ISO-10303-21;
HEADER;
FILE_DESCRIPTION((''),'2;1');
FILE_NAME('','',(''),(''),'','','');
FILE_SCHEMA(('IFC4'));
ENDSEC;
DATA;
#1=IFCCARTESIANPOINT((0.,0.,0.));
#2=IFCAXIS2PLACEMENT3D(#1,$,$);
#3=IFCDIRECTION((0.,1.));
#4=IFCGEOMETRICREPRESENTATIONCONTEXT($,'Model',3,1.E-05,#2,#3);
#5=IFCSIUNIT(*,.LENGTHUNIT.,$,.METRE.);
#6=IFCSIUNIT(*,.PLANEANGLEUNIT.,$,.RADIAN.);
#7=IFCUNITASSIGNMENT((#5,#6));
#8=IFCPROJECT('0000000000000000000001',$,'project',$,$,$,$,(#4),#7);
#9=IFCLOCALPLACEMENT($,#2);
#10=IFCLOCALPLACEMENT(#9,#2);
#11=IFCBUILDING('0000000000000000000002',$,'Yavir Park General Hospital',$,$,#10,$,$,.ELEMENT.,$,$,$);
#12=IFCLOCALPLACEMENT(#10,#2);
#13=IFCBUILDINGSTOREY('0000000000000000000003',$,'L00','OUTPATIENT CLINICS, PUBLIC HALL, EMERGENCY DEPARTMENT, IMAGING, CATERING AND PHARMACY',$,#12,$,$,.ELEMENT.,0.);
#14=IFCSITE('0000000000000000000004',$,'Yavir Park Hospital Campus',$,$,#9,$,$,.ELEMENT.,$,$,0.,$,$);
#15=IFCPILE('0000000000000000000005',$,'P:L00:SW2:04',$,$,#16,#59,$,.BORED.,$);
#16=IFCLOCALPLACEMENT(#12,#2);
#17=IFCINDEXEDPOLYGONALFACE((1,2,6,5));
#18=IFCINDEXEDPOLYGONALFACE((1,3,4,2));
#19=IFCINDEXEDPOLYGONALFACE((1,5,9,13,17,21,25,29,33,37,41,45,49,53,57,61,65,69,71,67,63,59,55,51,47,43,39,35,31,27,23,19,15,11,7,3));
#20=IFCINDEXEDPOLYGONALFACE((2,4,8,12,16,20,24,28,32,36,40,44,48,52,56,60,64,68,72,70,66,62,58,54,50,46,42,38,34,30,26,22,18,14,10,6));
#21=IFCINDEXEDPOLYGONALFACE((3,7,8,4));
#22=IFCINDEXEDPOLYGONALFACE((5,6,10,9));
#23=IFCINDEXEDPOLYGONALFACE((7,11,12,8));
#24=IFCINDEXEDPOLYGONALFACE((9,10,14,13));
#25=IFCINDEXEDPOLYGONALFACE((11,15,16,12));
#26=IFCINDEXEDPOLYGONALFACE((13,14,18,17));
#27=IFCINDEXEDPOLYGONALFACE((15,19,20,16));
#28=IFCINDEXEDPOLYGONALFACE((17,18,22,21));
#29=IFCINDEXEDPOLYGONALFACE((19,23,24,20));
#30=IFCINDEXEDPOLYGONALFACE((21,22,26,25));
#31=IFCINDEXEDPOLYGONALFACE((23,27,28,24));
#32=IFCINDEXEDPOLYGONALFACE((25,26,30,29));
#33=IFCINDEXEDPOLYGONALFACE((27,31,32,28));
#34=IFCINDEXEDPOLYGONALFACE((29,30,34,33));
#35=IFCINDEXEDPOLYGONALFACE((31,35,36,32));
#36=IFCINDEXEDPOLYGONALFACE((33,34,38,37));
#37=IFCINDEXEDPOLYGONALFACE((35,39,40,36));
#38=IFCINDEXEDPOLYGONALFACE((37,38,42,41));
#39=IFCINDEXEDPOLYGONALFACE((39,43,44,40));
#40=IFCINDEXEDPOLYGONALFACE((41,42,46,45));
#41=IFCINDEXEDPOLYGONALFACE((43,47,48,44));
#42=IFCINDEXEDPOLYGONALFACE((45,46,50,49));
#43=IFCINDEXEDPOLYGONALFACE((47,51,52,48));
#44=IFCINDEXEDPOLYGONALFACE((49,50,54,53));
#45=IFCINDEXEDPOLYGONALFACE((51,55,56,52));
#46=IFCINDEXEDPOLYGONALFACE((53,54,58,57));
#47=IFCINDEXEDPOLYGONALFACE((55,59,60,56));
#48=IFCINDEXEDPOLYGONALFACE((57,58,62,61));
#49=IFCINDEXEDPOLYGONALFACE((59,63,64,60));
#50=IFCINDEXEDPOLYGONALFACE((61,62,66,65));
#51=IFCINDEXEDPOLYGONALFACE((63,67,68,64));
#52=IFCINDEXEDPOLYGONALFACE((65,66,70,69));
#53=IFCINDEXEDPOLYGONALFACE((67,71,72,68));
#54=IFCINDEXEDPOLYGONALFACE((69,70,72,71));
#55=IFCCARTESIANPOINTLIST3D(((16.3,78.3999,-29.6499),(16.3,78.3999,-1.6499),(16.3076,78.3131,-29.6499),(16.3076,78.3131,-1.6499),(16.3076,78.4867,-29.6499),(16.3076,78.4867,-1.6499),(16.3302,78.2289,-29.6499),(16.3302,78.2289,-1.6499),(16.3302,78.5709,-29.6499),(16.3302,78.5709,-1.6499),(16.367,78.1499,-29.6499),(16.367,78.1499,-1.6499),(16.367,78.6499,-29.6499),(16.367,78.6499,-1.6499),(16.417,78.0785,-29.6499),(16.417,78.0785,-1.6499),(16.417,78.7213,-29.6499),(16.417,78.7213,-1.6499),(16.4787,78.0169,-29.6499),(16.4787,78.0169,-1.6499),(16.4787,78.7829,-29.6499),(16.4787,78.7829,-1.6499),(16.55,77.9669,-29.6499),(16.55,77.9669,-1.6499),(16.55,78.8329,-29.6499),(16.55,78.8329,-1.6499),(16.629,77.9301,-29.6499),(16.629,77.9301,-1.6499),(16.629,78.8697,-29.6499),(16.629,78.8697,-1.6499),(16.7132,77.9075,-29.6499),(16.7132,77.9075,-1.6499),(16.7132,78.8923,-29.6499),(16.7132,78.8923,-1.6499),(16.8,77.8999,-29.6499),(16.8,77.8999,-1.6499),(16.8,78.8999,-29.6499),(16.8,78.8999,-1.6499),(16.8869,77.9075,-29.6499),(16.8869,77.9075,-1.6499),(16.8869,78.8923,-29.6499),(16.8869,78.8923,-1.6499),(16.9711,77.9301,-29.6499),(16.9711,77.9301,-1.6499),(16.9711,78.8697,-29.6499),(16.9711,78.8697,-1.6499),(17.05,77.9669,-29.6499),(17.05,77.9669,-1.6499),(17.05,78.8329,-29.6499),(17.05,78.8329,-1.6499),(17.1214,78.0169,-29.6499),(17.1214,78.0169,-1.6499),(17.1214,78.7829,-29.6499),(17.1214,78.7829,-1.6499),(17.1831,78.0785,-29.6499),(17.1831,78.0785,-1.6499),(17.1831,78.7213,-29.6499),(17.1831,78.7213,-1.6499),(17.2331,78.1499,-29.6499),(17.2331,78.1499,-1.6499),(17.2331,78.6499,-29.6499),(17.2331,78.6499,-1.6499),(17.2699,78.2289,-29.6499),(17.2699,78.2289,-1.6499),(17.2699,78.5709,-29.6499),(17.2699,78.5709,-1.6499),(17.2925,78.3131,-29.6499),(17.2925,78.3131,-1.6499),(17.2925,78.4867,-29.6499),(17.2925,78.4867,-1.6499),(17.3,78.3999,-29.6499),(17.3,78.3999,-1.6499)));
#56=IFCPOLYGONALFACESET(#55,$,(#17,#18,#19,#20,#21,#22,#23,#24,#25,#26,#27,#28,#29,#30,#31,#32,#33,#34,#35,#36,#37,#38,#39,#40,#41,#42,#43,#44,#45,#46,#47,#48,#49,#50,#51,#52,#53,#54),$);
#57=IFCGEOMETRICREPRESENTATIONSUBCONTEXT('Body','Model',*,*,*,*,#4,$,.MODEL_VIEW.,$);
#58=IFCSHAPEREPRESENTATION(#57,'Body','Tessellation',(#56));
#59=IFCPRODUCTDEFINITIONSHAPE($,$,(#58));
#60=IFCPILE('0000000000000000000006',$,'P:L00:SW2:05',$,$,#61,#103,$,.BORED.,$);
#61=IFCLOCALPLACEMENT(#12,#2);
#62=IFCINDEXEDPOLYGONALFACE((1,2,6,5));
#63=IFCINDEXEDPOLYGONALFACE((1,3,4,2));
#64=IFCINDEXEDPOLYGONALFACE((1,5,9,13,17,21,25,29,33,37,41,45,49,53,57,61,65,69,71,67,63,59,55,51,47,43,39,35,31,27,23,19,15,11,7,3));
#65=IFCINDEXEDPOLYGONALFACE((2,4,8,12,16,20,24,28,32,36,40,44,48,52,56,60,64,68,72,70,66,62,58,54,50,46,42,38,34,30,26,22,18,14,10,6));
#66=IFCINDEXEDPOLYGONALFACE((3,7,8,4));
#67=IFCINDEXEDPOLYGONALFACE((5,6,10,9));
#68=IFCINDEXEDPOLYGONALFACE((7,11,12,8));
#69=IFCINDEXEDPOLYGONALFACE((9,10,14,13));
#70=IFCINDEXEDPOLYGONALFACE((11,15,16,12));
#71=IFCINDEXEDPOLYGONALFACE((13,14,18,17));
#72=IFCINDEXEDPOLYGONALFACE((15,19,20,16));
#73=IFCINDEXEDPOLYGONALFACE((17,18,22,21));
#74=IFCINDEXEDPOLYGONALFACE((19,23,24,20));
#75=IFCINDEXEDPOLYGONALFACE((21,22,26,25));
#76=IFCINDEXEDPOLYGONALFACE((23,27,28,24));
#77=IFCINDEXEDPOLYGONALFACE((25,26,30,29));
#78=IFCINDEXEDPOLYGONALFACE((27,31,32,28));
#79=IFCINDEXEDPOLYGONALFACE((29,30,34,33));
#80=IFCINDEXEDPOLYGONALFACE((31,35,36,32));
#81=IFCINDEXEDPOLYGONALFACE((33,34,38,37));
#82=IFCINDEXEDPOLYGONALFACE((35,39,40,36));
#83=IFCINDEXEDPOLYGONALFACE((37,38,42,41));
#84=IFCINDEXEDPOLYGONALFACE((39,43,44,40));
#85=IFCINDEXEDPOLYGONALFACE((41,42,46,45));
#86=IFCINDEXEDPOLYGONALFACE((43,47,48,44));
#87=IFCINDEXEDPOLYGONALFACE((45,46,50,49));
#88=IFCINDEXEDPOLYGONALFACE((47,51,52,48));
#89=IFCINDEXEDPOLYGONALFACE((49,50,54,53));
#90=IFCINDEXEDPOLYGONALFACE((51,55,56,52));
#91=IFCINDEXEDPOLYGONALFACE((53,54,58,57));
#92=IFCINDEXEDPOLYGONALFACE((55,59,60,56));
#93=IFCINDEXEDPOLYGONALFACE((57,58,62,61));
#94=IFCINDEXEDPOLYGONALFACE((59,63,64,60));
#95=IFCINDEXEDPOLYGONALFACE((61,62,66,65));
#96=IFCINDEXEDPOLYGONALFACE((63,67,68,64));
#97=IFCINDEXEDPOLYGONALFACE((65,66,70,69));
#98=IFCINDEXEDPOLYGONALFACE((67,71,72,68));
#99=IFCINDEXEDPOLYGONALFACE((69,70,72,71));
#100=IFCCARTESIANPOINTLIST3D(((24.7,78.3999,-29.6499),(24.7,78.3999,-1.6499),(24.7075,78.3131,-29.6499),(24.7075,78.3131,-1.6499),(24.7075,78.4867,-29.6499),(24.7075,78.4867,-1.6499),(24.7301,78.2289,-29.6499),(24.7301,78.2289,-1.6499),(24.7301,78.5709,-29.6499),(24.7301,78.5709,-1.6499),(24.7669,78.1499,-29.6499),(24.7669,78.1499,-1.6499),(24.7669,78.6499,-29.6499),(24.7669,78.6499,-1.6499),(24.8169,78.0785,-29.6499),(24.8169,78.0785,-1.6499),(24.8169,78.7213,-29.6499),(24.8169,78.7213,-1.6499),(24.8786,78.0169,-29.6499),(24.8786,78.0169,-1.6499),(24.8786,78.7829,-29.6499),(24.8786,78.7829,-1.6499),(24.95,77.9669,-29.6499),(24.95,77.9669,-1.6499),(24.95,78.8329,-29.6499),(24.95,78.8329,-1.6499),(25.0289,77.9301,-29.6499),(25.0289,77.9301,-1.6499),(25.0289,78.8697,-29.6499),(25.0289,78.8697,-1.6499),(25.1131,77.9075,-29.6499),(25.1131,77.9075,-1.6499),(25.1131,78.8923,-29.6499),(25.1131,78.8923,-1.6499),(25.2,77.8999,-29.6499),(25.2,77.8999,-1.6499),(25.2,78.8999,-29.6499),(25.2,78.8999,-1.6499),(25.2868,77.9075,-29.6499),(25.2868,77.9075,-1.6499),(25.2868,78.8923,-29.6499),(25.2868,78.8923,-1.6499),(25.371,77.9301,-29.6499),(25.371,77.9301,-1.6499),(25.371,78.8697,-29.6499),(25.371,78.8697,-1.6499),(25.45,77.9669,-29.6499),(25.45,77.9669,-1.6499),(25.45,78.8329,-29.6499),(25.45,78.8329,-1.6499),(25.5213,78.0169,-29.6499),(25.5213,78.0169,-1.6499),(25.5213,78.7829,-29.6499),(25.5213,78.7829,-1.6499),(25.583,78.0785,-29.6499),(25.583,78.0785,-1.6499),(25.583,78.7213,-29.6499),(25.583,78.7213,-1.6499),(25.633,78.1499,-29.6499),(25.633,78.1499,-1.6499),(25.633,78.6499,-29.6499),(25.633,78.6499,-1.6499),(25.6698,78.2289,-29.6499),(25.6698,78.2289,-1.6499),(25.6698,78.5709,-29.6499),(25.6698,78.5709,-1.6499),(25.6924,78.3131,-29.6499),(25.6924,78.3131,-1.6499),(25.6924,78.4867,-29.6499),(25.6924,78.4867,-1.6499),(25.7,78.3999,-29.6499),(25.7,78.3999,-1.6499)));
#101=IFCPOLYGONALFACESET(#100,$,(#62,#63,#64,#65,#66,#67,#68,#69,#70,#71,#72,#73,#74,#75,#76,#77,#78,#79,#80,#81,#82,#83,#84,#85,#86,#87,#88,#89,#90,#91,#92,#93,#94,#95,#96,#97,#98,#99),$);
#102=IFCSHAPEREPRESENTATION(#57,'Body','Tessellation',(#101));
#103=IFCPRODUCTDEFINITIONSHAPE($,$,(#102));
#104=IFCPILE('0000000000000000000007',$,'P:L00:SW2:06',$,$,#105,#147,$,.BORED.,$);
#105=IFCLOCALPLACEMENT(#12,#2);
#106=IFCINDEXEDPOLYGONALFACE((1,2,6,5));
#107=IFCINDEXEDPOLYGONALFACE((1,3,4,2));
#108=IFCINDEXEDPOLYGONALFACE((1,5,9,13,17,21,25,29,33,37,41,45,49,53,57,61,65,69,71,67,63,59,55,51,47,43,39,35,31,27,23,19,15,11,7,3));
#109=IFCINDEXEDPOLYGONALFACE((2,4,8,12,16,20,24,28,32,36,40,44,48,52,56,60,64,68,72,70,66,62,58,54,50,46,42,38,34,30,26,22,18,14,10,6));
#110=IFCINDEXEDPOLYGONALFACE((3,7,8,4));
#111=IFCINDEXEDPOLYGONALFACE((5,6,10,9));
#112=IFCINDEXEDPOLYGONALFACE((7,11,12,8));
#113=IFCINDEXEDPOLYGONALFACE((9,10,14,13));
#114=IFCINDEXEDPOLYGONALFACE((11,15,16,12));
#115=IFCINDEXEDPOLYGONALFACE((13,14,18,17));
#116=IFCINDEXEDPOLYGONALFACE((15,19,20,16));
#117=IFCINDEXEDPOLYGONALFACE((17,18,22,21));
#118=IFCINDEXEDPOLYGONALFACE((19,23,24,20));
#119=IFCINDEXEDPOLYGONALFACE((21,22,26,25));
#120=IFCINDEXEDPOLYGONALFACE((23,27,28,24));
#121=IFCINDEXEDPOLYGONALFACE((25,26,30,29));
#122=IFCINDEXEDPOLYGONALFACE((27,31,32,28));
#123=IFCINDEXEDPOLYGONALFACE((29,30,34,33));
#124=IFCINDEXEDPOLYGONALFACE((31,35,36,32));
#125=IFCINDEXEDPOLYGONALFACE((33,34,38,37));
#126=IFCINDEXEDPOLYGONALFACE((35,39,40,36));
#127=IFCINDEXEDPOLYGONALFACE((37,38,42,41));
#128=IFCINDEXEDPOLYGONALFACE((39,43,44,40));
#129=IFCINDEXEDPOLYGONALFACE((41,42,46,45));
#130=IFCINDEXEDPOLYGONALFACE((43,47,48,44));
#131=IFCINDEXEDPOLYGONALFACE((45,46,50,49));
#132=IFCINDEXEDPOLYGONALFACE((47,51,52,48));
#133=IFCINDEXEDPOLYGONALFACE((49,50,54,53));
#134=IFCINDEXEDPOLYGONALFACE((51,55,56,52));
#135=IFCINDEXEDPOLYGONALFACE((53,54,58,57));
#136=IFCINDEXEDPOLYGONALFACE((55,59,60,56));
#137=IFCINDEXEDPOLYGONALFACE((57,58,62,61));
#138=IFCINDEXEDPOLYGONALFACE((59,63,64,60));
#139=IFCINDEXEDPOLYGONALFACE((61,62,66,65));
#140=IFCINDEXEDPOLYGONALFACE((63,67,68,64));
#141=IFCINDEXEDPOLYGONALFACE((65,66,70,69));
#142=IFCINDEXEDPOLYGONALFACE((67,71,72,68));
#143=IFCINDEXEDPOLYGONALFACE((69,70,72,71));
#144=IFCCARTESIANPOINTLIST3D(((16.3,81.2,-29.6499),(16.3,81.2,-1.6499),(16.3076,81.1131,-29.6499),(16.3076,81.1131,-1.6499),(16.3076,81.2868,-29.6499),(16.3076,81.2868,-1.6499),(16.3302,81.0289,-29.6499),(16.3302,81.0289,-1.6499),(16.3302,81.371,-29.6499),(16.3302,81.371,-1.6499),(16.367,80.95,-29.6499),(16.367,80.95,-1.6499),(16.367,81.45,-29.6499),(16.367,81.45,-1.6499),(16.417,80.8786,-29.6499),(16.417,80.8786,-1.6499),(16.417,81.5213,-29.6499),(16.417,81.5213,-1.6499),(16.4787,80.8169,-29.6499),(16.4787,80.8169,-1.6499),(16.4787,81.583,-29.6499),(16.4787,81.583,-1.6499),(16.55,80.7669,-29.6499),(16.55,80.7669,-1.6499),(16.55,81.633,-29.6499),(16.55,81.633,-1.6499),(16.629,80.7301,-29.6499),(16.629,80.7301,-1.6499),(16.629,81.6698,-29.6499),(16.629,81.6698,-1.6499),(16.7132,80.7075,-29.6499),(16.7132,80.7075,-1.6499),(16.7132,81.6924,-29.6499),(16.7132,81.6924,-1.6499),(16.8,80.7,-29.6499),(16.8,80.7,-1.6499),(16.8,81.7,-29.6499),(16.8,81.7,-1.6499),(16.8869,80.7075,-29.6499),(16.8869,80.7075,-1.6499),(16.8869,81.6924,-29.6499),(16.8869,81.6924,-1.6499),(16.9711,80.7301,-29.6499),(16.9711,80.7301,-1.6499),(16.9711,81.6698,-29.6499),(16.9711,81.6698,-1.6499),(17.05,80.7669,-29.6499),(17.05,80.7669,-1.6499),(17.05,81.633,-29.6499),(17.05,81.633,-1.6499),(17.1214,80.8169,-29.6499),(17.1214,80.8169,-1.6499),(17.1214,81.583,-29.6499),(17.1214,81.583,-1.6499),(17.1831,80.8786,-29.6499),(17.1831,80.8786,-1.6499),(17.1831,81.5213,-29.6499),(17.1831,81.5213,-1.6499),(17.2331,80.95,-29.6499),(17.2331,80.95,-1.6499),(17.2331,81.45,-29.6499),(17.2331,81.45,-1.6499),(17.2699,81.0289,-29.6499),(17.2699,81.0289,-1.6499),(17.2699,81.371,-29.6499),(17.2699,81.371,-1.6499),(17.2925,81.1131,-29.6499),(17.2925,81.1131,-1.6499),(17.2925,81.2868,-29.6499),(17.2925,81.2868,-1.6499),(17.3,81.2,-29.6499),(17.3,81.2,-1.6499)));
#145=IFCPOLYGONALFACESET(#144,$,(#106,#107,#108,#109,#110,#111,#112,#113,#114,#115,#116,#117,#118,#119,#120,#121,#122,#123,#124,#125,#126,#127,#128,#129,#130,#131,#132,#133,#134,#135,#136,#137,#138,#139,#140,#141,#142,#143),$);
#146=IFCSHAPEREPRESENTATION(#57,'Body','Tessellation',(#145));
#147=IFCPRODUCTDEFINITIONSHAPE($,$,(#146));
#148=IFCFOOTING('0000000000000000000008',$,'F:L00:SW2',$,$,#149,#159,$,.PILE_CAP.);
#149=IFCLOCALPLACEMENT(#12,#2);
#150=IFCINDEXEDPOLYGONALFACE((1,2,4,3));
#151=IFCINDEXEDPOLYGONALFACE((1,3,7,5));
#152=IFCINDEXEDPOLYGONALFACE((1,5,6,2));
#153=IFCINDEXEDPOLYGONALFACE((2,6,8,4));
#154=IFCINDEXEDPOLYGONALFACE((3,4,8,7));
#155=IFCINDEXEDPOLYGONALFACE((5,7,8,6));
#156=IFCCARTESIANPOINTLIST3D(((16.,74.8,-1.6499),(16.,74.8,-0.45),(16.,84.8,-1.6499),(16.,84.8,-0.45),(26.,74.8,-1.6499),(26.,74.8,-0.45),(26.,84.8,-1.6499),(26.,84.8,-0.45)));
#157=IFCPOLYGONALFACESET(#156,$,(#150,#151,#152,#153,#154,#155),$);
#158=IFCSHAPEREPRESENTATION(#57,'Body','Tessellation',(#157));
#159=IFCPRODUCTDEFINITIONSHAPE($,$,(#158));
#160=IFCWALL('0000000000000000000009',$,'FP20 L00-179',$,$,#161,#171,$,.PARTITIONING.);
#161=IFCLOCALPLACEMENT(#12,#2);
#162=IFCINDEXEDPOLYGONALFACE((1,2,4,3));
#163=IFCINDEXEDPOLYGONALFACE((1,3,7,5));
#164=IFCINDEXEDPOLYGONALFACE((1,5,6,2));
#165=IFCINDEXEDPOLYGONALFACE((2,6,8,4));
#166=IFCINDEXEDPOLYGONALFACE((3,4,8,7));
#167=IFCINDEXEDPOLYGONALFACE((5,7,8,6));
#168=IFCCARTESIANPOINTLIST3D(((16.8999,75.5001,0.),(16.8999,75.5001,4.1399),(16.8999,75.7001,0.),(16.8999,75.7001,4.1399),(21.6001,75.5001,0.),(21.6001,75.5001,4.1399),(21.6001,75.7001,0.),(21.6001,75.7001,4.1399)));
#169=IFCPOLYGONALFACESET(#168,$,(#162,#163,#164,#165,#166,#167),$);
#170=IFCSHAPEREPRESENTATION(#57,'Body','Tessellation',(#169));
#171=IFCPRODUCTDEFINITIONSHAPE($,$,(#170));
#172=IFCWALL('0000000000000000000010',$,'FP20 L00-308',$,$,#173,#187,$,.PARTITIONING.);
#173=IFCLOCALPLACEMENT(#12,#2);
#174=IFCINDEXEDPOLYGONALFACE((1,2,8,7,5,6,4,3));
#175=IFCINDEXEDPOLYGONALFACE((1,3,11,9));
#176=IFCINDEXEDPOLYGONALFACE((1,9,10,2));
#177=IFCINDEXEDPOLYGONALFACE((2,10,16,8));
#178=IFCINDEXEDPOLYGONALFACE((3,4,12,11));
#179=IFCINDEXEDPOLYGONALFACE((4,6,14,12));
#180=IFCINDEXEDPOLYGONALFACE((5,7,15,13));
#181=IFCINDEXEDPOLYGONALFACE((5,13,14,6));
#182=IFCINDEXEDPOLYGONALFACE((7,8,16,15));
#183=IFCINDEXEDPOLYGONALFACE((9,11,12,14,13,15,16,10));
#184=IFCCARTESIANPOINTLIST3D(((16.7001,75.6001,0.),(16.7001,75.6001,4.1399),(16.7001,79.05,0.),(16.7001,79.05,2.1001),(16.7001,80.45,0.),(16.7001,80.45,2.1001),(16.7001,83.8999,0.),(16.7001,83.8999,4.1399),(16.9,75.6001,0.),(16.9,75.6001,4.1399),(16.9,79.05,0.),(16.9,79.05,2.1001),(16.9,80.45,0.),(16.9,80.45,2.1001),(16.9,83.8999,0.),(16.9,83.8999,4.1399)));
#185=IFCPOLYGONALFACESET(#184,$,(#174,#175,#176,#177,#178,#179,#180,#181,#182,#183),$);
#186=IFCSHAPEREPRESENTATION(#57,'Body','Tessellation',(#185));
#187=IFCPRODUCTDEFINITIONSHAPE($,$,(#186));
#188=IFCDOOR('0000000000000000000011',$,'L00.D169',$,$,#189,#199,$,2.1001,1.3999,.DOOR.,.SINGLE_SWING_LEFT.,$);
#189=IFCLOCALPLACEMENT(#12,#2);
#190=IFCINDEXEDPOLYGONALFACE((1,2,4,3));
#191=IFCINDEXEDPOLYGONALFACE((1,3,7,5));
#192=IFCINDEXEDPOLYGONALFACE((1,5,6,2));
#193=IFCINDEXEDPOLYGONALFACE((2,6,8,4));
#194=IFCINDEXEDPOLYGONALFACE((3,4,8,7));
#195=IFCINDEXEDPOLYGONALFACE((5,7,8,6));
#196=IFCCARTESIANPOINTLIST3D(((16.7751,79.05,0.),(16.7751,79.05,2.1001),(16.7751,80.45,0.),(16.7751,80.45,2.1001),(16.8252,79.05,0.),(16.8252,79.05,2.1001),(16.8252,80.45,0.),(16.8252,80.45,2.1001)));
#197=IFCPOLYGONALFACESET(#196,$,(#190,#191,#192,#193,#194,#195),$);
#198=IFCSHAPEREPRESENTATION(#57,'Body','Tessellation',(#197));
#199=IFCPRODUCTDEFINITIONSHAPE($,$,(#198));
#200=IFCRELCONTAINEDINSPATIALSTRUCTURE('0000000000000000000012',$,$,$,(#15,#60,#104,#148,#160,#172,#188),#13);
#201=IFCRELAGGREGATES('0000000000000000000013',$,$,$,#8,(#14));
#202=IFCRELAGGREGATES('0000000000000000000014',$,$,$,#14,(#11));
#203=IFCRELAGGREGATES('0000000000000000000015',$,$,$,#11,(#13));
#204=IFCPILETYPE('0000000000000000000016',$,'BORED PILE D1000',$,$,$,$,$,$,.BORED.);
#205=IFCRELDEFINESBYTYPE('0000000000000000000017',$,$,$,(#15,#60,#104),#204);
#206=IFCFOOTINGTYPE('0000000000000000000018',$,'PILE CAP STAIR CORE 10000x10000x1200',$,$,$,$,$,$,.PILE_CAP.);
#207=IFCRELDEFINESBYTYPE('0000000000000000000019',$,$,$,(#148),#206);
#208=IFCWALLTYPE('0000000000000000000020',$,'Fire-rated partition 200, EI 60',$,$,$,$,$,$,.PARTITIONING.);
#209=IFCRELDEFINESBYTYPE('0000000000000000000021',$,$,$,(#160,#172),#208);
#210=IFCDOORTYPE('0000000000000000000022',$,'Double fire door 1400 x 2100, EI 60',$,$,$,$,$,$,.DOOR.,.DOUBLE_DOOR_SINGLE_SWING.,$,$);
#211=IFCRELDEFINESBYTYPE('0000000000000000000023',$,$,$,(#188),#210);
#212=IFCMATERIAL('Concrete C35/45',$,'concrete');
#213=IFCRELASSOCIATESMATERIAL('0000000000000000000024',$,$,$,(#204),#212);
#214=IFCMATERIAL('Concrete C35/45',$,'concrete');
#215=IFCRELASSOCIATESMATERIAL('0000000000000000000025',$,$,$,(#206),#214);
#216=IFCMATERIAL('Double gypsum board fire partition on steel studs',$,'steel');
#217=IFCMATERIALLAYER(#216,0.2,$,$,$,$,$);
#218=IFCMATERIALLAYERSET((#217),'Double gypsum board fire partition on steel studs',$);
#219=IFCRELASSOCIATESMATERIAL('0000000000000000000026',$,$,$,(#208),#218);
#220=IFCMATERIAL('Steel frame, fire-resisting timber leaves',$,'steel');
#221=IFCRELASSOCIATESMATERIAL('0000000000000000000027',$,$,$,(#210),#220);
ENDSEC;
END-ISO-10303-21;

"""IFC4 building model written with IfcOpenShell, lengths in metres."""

from ifc_helpers import new_model, si_unit, direction, frame, frame_2d, origin, origin_2d, place, context, subcontext, project, spatial, rectangle, circle, extrude, material, layer, layer_set, material_profile, profile_set, type_object, element, fill, save


model = new_model("IFC4")

# Units and contexts
model_context = context("Model", 3, precision=1e-05, world=origin(), true_north=direction((0.0, 1.0)))
body_context = subcontext(model_context, "Body", "Model", "MODEL_VIEW")
ifc_project = project(units=[si_unit("LENGTHUNIT", "METRE"), si_unit("PLANEANGLEUNIT", "RADIAN")], contexts=[model_context])

# Site, building, storey
site_placement = place(None, origin())
site = spatial("IfcSite", under=ifc_project, at=site_placement, Name="Yavir Park Hospital Campus", CompositionType="ELEMENT", RefElevation=0.0)
building_placement = place(site_placement, origin())
building = spatial("IfcBuilding", under=site, at=building_placement, Name="Yavir Park General Hospital", CompositionType="ELEMENT")
storey_placement = place(building_placement, origin())
storey = spatial("IfcBuildingStorey", under=building, at=storey_placement, Name="L00", Description="OUTPATIENT CLINICS, PUBLIC HALL, EMERGENCY DEPARTMENT, IMAGING, CATERING AND PHARMACY", CompositionType="ELEMENT", Elevation=0.0)

# Piles
ifc_material_1 = material(Name="Concrete C35/45", Category="concrete")
ifc_material_profile = material_profile(ifc_material_1, circle(Radius=0.5, at=origin_2d()), Name="D1000")
ifc_profile_set = profile_set([ifc_material_profile], Name="Concrete C35/45")
pile_type = type_object("IfcPileType", Name="BORED PILE D1000", PredefinedType="BORED", material=ifc_profile_set)
for number, where, z_axis, x_axis, name in (
    (1, (16.8, 78.3999, -1.6499), (0.0, 0.0, -1.0), (1.0, 0.0, 0.0), "P:L00:SW2:04"),
    (2, (25.2, 78.3999, -1.6499), (0.0, 0.0, -1.0), (1.0, 0.0, 0.0), "P:L00:SW2:05"),
    (3, (16.8, 81.2, -1.6499), (0.0, 0.0, -1.0), (1.0, 0.0, 0.0), "P:L00:SW2:06"),
):
    element("IfcPile", number, at=place(storey_placement, frame(where, z_axis=z_axis, x_axis=x_axis)), inside=storey, type_object=pile_type, Name=name, PredefinedType="BORED", context=body_context, shape_type="SweptSolid", body=[
        extrude(circle(Radius=0.5, at=origin_2d()), origin(), (0.0, 0.0, 1.0), 28.0),
    ])

# Footing
ifc_material_2 = material(Name="Concrete C35/45", Category="concrete")
footing_type = type_object("IfcFootingType", Name="PILE CAP STAIR CORE 10000x10000x1200", PredefinedType="PILE_CAP", material=ifc_material_2)
footing_placement = place(storey_placement, frame((21.0, 79.8, -1.6499), z_axis=(0.0, 0.0, 1.0), x_axis=(1.0, 0.0, 0.0)))
element("IfcFooting", 4, at=footing_placement, inside=storey, type_object=footing_type, Name="F:L00:SW2", PredefinedType="PILE_CAP", context=body_context, shape_type="SweptSolid", body=[
    extrude(rectangle(XDim=10.0, YDim=10.0, at=origin_2d()), origin(), (0.0, 0.0, 1.0), 1.2),
])

# Wall
ifc_material_3 = material(Name="Double gypsum board fire partition on steel studs", Category="steel")
ifc_layer_1 = layer(ifc_material_3, 0.2)
ifc_layer_set_1 = layer_set([ifc_layer_1], Name="Double gypsum board fire partition on steel studs")
wall_type_1 = type_object("IfcWallType", Name="Fire-rated partition 200, EI 60", PredefinedType="PARTITIONING", material=ifc_layer_set_1)
wall_1_placement = place(storey_placement, frame((16.8999, 75.6001, 0.0), z_axis=(0.0, 0.0, 1.0), x_axis=(1.0, 0.0, 0.0)))
element("IfcWall", 5, at=wall_1_placement, inside=storey, type_object=wall_type_1, Name="FP20 L00-179", PredefinedType="PARTITIONING", context=body_context, shape_type="SweptSolid", body=[
    extrude(rectangle(XDim=4.7002, YDim=0.2, at=frame_2d((2.3501, 0.0))), origin(), (0.0, 0.0, 1.0), 4.1399),
])

# Wall, opening, door
wall_2_placement = place(storey_placement, frame((16.8, 75.6001, 0.0), z_axis=(0.0, 0.0, 1.0), x_axis=(0.0, 1.0, 0.0)))
wall_2 = element("IfcWall", 6, at=wall_2_placement, inside=storey, type_object=wall_type_1, Name="FP20 L00-308", PredefinedType="PARTITIONING", context=body_context, shape_type="SweptSolid", body=[
    extrude(rectangle(XDim=8.2998, YDim=0.2, at=frame_2d((4.1499, 0.0))), origin(), (0.0, 0.0, 1.0), 4.1399),
])
opening_1_placement = place(wall_2_placement, frame((3.45, 0.0, 0.0)))
opening_1 = element("IfcOpeningElement", 7, at=opening_1_placement, cuts=wall_2, PredefinedType="OPENING", context=body_context, shape_type="SweptSolid", body=[
    extrude(rectangle(XDim=1.3999, YDim=2.1001, at=frame_2d((0.7, 1.05))), frame((0.0, 0.1099, 0.0), z_axis=(0.0, -1.0, 0.0), x_axis=(1.0, 0.0, 0.0)), (0.0, 0.0, 1.0), 0.22),
])
ifc_material_4 = material(Name="Steel frame, fire-resisting timber leaves", Category="steel")
door_type_1 = type_object("IfcDoorType", Name="Double fire door 1400 x 2100, EI 60", OperationType="DOUBLE_DOOR_SINGLE_SWING", PredefinedType="DOOR", material=ifc_material_4)
door_1_placement = place(opening_1_placement, origin())
door_1 = element("IfcDoor", 8, at=door_1_placement, inside=storey, type_object=door_type_1, Name="L00.D169", OperationType="SINGLE_SWING_LEFT", OverallHeight=2.1001, OverallWidth=1.3999, PredefinedType="DOOR", context=body_context, shape_type="SweptSolid", body=[
    extrude(rectangle(XDim=1.3999, YDim=2.1001, at=frame_2d((0.7, 1.05))), frame((0.0, 0.0249, 0.0), z_axis=(0.0, -1.0, 0.0), x_axis=(1.0, 0.0, 0.0)), (0.0, 0.0, 1.0), 0.05),
])
fill(opening_1, door_1)

save(model, "model.ifc")
